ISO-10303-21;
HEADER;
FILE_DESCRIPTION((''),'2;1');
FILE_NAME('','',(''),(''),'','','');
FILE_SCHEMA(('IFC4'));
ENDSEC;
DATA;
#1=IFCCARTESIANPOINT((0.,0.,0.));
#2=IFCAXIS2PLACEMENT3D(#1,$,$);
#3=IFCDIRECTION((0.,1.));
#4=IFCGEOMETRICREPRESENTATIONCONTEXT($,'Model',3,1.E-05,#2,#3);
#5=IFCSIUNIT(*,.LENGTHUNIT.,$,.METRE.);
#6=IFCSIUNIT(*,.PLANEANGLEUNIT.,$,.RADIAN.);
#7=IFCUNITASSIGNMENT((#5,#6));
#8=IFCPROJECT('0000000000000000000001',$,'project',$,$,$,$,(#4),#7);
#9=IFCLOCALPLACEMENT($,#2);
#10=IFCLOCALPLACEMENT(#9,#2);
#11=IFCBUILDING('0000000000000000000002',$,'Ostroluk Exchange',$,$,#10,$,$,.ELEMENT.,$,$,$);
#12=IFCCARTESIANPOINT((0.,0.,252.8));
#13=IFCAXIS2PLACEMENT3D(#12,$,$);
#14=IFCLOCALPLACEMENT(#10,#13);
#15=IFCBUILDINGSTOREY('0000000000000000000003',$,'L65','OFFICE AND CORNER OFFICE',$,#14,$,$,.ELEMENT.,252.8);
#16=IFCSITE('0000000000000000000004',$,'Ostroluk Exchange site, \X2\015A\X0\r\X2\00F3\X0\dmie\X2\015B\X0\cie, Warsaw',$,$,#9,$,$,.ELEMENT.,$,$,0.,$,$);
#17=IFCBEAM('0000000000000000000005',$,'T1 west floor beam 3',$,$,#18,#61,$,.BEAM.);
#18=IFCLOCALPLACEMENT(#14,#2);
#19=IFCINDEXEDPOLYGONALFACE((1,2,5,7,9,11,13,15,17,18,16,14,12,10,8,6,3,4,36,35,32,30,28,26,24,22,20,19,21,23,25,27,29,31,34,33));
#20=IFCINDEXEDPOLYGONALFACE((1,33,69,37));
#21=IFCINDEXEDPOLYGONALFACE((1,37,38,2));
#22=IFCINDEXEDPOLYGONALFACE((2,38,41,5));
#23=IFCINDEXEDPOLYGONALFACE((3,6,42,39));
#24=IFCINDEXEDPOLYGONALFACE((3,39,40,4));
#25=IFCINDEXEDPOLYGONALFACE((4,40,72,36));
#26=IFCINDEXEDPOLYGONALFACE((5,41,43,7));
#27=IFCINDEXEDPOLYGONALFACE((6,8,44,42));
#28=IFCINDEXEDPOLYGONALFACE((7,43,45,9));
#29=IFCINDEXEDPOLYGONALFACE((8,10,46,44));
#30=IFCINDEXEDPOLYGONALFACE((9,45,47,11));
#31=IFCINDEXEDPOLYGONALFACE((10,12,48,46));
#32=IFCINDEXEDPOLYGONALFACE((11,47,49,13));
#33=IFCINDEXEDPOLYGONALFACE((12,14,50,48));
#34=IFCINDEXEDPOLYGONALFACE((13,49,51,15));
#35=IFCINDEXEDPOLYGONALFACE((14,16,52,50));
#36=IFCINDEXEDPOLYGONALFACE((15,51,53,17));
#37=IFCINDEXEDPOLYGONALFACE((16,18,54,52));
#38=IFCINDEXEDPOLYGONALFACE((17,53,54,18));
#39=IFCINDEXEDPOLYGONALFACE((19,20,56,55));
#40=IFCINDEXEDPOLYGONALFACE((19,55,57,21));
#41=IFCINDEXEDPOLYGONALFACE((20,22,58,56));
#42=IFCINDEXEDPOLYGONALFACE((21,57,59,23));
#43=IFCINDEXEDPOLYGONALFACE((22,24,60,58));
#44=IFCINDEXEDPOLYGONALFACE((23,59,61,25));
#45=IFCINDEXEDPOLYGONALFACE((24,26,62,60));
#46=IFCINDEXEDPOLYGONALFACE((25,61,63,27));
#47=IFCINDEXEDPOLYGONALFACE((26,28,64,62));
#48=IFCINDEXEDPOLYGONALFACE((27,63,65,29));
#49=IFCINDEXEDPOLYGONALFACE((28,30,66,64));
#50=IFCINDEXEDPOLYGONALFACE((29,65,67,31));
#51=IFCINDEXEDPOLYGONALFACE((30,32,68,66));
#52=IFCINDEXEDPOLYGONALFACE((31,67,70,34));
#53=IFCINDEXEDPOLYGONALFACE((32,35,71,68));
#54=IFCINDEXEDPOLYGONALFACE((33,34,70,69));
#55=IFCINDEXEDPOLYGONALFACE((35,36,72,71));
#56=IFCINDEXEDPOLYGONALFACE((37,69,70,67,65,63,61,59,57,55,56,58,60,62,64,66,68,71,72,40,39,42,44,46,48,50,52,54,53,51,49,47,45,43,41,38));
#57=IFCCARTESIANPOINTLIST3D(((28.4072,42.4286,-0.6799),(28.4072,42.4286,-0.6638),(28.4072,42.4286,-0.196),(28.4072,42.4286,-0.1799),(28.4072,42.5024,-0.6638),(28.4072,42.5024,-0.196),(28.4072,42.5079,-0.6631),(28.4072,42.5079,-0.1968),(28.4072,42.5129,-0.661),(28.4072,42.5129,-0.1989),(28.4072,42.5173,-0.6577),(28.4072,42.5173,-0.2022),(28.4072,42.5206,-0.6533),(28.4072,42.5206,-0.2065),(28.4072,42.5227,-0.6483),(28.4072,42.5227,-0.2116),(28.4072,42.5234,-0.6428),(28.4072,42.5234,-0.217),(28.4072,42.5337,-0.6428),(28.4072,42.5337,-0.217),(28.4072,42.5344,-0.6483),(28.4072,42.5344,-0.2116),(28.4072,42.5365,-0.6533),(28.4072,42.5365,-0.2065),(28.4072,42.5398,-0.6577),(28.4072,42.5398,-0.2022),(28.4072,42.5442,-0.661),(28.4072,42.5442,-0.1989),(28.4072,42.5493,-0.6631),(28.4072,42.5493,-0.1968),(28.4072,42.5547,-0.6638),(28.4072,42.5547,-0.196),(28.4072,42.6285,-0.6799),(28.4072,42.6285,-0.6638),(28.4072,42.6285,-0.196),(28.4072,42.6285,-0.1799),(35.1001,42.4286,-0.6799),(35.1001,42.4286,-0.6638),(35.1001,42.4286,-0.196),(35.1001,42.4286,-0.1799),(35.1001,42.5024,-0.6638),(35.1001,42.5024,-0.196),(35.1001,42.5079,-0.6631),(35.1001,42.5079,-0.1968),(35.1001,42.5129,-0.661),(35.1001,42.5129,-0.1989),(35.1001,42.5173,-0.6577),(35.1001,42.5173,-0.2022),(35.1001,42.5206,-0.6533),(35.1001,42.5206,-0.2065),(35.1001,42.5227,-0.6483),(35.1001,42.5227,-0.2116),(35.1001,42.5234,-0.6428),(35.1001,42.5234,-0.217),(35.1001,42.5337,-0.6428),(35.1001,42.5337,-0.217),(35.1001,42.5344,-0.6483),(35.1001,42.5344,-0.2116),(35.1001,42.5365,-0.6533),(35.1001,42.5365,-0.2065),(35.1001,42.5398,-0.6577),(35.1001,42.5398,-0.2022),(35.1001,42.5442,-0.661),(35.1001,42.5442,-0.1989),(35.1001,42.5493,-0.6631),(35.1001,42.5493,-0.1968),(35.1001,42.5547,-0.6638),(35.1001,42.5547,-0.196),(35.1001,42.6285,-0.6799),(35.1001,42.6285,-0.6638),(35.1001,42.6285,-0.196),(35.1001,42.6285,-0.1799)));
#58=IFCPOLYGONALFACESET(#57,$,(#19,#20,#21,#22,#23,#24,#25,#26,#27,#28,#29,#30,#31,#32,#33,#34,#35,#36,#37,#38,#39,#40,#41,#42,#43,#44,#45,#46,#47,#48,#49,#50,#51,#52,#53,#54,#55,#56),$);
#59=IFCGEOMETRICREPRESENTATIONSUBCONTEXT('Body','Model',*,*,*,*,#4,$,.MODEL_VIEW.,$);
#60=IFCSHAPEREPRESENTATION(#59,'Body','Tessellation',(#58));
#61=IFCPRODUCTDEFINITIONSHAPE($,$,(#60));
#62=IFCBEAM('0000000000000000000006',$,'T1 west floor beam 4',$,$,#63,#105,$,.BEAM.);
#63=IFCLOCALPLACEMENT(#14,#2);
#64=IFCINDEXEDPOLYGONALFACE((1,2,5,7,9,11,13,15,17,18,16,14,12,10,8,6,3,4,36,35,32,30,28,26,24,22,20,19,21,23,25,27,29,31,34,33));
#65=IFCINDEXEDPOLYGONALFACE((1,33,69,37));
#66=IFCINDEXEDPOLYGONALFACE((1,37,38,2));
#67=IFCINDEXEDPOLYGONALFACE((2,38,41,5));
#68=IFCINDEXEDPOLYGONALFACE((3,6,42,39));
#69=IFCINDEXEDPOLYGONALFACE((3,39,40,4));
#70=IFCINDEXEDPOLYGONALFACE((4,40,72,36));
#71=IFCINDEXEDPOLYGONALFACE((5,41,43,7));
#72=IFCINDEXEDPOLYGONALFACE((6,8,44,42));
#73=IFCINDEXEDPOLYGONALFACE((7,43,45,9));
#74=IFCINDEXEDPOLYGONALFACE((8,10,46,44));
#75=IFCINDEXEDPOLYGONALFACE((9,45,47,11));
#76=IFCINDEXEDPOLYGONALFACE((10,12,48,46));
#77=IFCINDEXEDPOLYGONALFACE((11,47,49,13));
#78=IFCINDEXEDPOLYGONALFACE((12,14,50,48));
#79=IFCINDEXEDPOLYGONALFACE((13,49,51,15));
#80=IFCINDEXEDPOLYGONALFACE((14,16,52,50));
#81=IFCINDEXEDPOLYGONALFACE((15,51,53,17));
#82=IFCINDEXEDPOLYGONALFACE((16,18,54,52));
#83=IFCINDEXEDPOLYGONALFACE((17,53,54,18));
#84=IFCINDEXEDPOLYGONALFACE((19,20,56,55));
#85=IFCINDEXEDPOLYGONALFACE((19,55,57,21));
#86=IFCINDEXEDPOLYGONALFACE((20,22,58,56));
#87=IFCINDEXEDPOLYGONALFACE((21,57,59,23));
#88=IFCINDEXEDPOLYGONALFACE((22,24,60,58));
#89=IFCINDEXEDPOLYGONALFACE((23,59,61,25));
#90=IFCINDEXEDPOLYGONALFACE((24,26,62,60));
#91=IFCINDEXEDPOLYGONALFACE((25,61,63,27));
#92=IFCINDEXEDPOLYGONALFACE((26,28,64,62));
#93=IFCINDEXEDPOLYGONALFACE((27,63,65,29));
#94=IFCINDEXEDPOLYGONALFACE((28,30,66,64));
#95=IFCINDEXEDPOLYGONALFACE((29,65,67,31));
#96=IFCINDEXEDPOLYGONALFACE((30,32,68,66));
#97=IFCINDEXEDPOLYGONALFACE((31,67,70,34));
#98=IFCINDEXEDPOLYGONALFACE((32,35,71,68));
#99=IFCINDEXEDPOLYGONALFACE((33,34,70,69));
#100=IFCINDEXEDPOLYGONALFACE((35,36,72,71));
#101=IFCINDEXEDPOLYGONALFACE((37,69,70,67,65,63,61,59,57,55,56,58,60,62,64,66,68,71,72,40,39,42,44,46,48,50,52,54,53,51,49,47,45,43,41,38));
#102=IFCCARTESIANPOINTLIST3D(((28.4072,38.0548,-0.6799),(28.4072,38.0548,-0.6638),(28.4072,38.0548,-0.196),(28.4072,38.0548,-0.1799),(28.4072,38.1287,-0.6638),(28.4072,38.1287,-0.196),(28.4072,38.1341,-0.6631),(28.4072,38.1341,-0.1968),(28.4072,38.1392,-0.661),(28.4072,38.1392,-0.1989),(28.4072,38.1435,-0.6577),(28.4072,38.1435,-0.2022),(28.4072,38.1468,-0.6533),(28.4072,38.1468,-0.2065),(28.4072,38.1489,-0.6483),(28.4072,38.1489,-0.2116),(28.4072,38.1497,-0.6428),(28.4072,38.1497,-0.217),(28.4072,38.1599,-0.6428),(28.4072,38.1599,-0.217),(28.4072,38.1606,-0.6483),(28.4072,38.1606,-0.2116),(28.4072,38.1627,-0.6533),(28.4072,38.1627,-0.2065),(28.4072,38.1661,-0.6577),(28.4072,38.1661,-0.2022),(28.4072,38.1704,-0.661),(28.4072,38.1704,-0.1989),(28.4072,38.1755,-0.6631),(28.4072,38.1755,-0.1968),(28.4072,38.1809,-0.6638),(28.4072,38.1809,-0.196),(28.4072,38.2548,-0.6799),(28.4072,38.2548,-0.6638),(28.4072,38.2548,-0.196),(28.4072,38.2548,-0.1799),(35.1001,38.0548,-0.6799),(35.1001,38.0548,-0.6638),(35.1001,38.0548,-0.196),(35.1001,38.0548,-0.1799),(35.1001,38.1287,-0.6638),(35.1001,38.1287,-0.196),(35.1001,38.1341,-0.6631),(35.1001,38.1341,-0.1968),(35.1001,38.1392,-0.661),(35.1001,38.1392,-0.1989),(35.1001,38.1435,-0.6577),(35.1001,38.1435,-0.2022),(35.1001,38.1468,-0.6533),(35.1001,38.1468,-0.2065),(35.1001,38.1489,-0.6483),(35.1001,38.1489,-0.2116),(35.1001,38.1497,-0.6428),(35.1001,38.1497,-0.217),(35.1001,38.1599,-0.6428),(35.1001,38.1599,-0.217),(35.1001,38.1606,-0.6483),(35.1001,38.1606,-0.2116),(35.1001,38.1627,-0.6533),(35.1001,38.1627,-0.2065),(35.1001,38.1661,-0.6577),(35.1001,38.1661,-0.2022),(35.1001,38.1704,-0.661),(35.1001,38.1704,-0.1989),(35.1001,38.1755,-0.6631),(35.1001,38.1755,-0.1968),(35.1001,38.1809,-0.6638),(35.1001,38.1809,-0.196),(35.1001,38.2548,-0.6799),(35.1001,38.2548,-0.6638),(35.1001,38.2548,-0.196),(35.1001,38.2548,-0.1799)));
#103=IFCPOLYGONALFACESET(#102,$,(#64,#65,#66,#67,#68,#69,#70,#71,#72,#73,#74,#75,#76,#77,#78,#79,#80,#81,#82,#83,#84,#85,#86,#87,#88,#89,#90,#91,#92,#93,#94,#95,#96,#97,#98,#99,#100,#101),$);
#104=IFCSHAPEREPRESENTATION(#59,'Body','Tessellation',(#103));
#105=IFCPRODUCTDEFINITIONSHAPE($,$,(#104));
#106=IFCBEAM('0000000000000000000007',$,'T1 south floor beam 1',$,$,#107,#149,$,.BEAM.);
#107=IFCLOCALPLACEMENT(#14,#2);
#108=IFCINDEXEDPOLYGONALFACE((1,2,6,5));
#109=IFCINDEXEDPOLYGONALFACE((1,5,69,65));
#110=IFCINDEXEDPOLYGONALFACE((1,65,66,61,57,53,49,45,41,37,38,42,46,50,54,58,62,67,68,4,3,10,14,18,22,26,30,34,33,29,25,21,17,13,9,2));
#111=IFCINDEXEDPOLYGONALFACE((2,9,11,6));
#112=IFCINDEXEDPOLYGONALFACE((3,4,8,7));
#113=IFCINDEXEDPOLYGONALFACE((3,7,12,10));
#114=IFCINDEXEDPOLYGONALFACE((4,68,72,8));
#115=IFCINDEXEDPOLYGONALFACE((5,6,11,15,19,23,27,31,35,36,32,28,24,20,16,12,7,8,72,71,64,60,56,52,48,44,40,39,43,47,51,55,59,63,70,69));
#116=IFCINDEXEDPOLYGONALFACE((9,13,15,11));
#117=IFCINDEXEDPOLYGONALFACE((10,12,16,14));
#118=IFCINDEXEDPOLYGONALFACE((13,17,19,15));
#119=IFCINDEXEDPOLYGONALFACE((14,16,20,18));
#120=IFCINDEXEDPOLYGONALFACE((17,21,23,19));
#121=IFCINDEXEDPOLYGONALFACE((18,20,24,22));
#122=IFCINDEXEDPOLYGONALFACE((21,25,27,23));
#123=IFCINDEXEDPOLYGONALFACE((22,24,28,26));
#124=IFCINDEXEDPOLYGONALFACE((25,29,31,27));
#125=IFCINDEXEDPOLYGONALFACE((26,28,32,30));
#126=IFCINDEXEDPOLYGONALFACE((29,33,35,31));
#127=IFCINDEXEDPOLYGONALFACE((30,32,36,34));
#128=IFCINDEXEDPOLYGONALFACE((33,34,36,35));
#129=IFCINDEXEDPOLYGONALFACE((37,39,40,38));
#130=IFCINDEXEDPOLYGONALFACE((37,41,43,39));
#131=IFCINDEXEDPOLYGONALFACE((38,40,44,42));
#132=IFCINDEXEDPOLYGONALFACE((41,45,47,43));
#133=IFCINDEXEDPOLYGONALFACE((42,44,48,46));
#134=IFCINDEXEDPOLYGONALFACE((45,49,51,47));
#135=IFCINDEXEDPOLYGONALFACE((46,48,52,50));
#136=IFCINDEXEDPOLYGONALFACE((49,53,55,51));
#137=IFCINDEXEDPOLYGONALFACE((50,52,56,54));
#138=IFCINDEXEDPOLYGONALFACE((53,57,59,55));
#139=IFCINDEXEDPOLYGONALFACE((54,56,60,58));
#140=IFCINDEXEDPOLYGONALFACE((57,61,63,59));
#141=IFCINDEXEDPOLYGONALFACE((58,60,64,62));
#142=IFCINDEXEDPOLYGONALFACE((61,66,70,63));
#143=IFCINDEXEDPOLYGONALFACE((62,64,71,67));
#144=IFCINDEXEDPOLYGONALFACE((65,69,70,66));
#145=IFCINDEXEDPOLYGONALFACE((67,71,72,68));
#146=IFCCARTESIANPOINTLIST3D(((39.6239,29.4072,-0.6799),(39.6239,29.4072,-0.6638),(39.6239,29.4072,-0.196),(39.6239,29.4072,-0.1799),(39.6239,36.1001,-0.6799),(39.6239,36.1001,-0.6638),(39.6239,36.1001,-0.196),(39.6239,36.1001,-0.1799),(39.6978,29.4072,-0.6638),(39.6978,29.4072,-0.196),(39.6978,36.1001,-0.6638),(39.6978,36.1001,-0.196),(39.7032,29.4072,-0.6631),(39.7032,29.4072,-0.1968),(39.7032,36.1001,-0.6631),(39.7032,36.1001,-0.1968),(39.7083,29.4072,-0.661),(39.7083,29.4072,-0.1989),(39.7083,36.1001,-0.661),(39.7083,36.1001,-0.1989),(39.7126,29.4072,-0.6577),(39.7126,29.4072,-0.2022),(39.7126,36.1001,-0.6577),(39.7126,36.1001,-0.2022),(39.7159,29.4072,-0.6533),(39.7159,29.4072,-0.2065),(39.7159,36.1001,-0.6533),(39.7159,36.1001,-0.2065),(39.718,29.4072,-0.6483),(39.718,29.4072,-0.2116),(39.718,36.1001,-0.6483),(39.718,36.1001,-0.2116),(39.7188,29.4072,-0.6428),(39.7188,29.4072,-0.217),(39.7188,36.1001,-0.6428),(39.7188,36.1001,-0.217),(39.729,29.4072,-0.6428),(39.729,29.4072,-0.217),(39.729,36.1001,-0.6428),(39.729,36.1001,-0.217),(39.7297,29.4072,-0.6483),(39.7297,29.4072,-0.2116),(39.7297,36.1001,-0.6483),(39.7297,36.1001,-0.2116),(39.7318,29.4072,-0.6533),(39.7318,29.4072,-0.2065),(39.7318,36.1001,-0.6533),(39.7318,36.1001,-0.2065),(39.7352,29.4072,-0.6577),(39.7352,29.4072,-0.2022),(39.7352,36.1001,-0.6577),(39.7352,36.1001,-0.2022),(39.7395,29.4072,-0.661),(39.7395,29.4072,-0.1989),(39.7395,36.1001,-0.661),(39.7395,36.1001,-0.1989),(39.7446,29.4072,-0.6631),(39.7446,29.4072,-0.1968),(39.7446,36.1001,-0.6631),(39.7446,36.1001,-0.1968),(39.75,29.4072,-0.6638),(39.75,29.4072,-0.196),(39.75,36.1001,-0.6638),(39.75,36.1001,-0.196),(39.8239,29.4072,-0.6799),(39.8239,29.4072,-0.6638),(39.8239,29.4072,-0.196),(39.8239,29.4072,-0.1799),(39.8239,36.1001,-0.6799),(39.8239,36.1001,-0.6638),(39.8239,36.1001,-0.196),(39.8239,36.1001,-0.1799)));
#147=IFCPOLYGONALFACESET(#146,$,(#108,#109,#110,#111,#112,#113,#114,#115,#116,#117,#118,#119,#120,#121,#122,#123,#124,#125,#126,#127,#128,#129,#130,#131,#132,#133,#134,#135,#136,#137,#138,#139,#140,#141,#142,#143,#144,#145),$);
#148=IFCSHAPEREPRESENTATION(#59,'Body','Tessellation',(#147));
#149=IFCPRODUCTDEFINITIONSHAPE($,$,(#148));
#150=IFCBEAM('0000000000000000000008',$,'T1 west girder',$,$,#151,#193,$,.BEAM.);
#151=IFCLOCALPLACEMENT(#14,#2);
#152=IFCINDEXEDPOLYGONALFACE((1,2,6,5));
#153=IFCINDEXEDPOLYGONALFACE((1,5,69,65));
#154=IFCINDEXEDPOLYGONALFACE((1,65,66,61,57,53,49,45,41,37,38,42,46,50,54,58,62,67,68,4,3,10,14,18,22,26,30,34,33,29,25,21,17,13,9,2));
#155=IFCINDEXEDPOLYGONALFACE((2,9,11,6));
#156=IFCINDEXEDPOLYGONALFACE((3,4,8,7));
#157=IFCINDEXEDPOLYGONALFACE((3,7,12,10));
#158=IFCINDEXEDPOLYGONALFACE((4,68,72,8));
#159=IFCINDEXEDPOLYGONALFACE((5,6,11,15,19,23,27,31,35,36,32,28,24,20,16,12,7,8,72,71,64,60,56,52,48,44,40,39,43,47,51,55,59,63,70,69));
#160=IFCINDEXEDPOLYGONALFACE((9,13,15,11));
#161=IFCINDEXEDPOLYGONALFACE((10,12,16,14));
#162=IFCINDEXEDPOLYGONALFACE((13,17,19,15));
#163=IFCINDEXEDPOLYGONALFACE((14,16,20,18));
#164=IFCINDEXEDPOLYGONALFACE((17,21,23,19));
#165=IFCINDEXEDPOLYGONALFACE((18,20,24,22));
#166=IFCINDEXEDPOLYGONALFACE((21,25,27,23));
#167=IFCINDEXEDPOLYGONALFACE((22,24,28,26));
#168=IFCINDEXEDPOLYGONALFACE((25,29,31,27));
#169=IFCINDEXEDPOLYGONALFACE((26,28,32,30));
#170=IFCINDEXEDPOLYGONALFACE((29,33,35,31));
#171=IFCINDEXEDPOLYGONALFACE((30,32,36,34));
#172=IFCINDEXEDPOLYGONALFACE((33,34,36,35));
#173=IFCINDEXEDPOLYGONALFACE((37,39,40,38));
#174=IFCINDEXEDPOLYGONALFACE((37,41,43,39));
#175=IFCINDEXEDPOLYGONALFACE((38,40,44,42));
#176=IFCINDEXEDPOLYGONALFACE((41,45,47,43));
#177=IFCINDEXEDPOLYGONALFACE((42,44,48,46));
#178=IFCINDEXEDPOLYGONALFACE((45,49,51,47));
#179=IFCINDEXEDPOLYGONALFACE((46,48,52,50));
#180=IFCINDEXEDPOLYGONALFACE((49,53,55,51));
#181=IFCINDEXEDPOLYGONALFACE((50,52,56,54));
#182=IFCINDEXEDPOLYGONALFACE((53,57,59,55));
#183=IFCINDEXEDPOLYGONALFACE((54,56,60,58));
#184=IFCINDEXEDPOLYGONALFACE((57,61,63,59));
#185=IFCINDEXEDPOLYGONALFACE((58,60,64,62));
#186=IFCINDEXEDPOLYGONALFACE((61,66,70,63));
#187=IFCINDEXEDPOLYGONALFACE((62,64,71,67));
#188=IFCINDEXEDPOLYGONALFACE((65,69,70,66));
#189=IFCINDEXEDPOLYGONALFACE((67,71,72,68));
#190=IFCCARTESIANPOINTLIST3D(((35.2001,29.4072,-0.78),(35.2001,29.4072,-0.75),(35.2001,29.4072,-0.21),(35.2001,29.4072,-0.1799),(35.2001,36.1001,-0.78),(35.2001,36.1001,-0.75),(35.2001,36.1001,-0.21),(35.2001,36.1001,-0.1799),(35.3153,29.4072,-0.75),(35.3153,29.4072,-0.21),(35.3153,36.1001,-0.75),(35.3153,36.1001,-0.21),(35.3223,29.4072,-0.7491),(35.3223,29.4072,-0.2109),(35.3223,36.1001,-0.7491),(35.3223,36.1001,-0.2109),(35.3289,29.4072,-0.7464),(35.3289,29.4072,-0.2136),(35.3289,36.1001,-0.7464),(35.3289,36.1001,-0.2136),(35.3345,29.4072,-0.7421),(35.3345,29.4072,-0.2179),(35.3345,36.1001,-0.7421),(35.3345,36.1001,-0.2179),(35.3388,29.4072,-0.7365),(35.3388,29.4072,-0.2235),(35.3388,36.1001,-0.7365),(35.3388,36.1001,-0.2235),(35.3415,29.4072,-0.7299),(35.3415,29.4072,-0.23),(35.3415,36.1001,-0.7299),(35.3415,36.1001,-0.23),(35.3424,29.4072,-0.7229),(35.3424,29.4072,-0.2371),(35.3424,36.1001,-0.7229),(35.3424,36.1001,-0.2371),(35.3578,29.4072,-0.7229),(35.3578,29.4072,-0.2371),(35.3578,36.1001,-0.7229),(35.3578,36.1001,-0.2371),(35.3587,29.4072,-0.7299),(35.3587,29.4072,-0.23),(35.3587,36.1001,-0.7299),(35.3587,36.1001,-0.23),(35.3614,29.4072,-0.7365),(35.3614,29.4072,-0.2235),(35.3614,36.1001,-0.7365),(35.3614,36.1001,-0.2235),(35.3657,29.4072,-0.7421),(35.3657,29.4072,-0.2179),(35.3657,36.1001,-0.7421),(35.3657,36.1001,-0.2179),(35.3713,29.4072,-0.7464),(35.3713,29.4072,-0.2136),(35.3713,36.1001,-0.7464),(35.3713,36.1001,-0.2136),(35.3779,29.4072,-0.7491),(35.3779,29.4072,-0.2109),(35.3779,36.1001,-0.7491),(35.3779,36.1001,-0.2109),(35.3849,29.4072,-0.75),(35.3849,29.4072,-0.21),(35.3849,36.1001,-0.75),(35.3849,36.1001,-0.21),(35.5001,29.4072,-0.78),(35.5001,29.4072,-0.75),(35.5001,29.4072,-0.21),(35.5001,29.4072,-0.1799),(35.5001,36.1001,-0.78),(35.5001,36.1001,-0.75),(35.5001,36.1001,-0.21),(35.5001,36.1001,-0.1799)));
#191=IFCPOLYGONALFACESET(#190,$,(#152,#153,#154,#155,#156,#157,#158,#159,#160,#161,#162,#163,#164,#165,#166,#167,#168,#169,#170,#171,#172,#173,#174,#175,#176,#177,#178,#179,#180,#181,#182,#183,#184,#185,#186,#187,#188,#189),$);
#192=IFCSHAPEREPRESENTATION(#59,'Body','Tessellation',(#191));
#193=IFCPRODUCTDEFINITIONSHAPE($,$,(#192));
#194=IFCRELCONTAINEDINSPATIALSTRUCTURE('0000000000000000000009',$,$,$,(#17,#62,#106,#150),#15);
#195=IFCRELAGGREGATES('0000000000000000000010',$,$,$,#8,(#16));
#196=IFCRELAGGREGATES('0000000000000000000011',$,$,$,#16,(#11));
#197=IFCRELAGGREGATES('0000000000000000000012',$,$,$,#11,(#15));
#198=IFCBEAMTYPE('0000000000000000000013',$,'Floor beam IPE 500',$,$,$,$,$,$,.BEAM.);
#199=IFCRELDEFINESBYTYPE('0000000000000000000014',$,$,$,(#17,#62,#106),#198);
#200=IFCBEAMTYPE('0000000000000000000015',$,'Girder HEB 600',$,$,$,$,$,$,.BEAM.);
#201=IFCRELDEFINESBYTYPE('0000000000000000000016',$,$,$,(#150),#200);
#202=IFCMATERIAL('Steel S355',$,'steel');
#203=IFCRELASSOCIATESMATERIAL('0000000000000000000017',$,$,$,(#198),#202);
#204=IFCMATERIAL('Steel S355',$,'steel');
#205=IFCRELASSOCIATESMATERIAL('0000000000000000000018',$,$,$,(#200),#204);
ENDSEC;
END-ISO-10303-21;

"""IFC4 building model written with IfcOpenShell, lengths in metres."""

from ifc_helpers import new_model, si_unit, direction, frame, origin, origin_2d, place, context, subcontext, project, spatial, i_section, extrude, material, material_profile, profile_set, type_object, element, save


model = new_model("IFC4")

# Units and contexts
model_context = context("Model", 3, precision=1e-05, world=origin(), true_north=direction((0.0, 1.0)))
body_context = subcontext(model_context, "Body", "Model", "MODEL_VIEW")
ifc_project = project(units=[si_unit("LENGTHUNIT", "METRE"), si_unit("PLANEANGLEUNIT", "RADIAN")], contexts=[model_context])

# Site, building, storey
site_placement = place(None, origin())
site = spatial("IfcSite", under=ifc_project, at=site_placement, Name="Ostroluk Exchange site, Śródmieście, Warsaw", CompositionType="ELEMENT", RefElevation=0.0)
building_placement = place(site_placement, origin())
building = spatial("IfcBuilding", under=site, at=building_placement, Name="Ostroluk Exchange", CompositionType="ELEMENT")
storey_placement = place(building_placement, frame((0.0, 0.0, 252.8)))
storey = spatial("IfcBuildingStorey", under=building, at=storey_placement, Name="L65", Description="OFFICE AND CORNER OFFICE", CompositionType="ELEMENT", Elevation=252.8)

# Beams
ifc_material_1 = material(Name="Steel S355", Category="steel")
ifc_material_profile_1 = material_profile(ifc_material_1, i_section(OverallWidth=0.2, OverallDepth=0.5, WebThickness=0.0103, FlangeThickness=0.0161, FilletRadius=0.021, at=origin_2d()), Name="IPE 500")
ifc_profile_set_1 = profile_set([ifc_material_profile_1], Name="Steel S355")
beam_type_1 = type_object("IfcBeamType", Name="Floor beam IPE 500", PredefinedType="BEAM", material=ifc_profile_set_1)
for number, where, z_axis, x_axis, name in (
    (1, (35.1001, 42.5286, -0.4299), (-1.0, 0.0, 0.0), (0.0, -1.0, 0.0), "T1 west floor beam 3"),
    (2, (35.1001, 38.1548, -0.4299), (-1.0, 0.0, 0.0), (0.0, -1.0, 0.0), "T1 west floor beam 4"),
    (3, (39.7239, 36.1001, -0.4299), (0.0, -1.0, 0.0), (1.0, 0.0, 0.0), "T1 south floor beam 1"),
):
    element("IfcBeam", number, at=place(storey_placement, frame(where, z_axis=z_axis, x_axis=x_axis)), inside=storey, type_object=beam_type_1, Name=name, PredefinedType="BEAM", context=body_context, shape_type="SweptSolid", body=[
        extrude(i_section(OverallWidth=0.2, OverallDepth=0.5, WebThickness=0.0103, FlangeThickness=0.0161, FilletRadius=0.021, at=origin_2d()), origin(), (0.0, 0.0, 1.0), 6.6929),
    ])
ifc_material_2 = material(Name="Steel S355", Category="steel")
ifc_material_profile_2 = material_profile(ifc_material_2, i_section(OverallWidth=0.3, OverallDepth=0.6001, WebThickness=0.0154, FlangeThickness=0.03, FilletRadius=0.0271, at=origin_2d()), Name="HEB 600")
ifc_profile_set_2 = profile_set([ifc_material_profile_2], Name="Steel S355")
beam_type_2 = type_object("IfcBeamType", Name="Girder HEB 600", PredefinedType="BEAM", material=ifc_profile_set_2)
beam_placement = place(storey_placement, frame((35.3501, 36.1001, -0.48), z_axis=(0.0, -1.0, 0.0), x_axis=(1.0, 0.0, 0.0)))
element("IfcBeam", 4, at=beam_placement, inside=storey, type_object=beam_type_2, Name="T1 west girder", PredefinedType="BEAM", context=body_context, shape_type="SweptSolid", body=[
    extrude(i_section(OverallWidth=0.3, OverallDepth=0.6001, WebThickness=0.0154, FlangeThickness=0.03, FilletRadius=0.0271, at=origin_2d()), origin(), (0.0, 0.0, 1.0), 6.6929),
])

save(model, "model.ifc")
